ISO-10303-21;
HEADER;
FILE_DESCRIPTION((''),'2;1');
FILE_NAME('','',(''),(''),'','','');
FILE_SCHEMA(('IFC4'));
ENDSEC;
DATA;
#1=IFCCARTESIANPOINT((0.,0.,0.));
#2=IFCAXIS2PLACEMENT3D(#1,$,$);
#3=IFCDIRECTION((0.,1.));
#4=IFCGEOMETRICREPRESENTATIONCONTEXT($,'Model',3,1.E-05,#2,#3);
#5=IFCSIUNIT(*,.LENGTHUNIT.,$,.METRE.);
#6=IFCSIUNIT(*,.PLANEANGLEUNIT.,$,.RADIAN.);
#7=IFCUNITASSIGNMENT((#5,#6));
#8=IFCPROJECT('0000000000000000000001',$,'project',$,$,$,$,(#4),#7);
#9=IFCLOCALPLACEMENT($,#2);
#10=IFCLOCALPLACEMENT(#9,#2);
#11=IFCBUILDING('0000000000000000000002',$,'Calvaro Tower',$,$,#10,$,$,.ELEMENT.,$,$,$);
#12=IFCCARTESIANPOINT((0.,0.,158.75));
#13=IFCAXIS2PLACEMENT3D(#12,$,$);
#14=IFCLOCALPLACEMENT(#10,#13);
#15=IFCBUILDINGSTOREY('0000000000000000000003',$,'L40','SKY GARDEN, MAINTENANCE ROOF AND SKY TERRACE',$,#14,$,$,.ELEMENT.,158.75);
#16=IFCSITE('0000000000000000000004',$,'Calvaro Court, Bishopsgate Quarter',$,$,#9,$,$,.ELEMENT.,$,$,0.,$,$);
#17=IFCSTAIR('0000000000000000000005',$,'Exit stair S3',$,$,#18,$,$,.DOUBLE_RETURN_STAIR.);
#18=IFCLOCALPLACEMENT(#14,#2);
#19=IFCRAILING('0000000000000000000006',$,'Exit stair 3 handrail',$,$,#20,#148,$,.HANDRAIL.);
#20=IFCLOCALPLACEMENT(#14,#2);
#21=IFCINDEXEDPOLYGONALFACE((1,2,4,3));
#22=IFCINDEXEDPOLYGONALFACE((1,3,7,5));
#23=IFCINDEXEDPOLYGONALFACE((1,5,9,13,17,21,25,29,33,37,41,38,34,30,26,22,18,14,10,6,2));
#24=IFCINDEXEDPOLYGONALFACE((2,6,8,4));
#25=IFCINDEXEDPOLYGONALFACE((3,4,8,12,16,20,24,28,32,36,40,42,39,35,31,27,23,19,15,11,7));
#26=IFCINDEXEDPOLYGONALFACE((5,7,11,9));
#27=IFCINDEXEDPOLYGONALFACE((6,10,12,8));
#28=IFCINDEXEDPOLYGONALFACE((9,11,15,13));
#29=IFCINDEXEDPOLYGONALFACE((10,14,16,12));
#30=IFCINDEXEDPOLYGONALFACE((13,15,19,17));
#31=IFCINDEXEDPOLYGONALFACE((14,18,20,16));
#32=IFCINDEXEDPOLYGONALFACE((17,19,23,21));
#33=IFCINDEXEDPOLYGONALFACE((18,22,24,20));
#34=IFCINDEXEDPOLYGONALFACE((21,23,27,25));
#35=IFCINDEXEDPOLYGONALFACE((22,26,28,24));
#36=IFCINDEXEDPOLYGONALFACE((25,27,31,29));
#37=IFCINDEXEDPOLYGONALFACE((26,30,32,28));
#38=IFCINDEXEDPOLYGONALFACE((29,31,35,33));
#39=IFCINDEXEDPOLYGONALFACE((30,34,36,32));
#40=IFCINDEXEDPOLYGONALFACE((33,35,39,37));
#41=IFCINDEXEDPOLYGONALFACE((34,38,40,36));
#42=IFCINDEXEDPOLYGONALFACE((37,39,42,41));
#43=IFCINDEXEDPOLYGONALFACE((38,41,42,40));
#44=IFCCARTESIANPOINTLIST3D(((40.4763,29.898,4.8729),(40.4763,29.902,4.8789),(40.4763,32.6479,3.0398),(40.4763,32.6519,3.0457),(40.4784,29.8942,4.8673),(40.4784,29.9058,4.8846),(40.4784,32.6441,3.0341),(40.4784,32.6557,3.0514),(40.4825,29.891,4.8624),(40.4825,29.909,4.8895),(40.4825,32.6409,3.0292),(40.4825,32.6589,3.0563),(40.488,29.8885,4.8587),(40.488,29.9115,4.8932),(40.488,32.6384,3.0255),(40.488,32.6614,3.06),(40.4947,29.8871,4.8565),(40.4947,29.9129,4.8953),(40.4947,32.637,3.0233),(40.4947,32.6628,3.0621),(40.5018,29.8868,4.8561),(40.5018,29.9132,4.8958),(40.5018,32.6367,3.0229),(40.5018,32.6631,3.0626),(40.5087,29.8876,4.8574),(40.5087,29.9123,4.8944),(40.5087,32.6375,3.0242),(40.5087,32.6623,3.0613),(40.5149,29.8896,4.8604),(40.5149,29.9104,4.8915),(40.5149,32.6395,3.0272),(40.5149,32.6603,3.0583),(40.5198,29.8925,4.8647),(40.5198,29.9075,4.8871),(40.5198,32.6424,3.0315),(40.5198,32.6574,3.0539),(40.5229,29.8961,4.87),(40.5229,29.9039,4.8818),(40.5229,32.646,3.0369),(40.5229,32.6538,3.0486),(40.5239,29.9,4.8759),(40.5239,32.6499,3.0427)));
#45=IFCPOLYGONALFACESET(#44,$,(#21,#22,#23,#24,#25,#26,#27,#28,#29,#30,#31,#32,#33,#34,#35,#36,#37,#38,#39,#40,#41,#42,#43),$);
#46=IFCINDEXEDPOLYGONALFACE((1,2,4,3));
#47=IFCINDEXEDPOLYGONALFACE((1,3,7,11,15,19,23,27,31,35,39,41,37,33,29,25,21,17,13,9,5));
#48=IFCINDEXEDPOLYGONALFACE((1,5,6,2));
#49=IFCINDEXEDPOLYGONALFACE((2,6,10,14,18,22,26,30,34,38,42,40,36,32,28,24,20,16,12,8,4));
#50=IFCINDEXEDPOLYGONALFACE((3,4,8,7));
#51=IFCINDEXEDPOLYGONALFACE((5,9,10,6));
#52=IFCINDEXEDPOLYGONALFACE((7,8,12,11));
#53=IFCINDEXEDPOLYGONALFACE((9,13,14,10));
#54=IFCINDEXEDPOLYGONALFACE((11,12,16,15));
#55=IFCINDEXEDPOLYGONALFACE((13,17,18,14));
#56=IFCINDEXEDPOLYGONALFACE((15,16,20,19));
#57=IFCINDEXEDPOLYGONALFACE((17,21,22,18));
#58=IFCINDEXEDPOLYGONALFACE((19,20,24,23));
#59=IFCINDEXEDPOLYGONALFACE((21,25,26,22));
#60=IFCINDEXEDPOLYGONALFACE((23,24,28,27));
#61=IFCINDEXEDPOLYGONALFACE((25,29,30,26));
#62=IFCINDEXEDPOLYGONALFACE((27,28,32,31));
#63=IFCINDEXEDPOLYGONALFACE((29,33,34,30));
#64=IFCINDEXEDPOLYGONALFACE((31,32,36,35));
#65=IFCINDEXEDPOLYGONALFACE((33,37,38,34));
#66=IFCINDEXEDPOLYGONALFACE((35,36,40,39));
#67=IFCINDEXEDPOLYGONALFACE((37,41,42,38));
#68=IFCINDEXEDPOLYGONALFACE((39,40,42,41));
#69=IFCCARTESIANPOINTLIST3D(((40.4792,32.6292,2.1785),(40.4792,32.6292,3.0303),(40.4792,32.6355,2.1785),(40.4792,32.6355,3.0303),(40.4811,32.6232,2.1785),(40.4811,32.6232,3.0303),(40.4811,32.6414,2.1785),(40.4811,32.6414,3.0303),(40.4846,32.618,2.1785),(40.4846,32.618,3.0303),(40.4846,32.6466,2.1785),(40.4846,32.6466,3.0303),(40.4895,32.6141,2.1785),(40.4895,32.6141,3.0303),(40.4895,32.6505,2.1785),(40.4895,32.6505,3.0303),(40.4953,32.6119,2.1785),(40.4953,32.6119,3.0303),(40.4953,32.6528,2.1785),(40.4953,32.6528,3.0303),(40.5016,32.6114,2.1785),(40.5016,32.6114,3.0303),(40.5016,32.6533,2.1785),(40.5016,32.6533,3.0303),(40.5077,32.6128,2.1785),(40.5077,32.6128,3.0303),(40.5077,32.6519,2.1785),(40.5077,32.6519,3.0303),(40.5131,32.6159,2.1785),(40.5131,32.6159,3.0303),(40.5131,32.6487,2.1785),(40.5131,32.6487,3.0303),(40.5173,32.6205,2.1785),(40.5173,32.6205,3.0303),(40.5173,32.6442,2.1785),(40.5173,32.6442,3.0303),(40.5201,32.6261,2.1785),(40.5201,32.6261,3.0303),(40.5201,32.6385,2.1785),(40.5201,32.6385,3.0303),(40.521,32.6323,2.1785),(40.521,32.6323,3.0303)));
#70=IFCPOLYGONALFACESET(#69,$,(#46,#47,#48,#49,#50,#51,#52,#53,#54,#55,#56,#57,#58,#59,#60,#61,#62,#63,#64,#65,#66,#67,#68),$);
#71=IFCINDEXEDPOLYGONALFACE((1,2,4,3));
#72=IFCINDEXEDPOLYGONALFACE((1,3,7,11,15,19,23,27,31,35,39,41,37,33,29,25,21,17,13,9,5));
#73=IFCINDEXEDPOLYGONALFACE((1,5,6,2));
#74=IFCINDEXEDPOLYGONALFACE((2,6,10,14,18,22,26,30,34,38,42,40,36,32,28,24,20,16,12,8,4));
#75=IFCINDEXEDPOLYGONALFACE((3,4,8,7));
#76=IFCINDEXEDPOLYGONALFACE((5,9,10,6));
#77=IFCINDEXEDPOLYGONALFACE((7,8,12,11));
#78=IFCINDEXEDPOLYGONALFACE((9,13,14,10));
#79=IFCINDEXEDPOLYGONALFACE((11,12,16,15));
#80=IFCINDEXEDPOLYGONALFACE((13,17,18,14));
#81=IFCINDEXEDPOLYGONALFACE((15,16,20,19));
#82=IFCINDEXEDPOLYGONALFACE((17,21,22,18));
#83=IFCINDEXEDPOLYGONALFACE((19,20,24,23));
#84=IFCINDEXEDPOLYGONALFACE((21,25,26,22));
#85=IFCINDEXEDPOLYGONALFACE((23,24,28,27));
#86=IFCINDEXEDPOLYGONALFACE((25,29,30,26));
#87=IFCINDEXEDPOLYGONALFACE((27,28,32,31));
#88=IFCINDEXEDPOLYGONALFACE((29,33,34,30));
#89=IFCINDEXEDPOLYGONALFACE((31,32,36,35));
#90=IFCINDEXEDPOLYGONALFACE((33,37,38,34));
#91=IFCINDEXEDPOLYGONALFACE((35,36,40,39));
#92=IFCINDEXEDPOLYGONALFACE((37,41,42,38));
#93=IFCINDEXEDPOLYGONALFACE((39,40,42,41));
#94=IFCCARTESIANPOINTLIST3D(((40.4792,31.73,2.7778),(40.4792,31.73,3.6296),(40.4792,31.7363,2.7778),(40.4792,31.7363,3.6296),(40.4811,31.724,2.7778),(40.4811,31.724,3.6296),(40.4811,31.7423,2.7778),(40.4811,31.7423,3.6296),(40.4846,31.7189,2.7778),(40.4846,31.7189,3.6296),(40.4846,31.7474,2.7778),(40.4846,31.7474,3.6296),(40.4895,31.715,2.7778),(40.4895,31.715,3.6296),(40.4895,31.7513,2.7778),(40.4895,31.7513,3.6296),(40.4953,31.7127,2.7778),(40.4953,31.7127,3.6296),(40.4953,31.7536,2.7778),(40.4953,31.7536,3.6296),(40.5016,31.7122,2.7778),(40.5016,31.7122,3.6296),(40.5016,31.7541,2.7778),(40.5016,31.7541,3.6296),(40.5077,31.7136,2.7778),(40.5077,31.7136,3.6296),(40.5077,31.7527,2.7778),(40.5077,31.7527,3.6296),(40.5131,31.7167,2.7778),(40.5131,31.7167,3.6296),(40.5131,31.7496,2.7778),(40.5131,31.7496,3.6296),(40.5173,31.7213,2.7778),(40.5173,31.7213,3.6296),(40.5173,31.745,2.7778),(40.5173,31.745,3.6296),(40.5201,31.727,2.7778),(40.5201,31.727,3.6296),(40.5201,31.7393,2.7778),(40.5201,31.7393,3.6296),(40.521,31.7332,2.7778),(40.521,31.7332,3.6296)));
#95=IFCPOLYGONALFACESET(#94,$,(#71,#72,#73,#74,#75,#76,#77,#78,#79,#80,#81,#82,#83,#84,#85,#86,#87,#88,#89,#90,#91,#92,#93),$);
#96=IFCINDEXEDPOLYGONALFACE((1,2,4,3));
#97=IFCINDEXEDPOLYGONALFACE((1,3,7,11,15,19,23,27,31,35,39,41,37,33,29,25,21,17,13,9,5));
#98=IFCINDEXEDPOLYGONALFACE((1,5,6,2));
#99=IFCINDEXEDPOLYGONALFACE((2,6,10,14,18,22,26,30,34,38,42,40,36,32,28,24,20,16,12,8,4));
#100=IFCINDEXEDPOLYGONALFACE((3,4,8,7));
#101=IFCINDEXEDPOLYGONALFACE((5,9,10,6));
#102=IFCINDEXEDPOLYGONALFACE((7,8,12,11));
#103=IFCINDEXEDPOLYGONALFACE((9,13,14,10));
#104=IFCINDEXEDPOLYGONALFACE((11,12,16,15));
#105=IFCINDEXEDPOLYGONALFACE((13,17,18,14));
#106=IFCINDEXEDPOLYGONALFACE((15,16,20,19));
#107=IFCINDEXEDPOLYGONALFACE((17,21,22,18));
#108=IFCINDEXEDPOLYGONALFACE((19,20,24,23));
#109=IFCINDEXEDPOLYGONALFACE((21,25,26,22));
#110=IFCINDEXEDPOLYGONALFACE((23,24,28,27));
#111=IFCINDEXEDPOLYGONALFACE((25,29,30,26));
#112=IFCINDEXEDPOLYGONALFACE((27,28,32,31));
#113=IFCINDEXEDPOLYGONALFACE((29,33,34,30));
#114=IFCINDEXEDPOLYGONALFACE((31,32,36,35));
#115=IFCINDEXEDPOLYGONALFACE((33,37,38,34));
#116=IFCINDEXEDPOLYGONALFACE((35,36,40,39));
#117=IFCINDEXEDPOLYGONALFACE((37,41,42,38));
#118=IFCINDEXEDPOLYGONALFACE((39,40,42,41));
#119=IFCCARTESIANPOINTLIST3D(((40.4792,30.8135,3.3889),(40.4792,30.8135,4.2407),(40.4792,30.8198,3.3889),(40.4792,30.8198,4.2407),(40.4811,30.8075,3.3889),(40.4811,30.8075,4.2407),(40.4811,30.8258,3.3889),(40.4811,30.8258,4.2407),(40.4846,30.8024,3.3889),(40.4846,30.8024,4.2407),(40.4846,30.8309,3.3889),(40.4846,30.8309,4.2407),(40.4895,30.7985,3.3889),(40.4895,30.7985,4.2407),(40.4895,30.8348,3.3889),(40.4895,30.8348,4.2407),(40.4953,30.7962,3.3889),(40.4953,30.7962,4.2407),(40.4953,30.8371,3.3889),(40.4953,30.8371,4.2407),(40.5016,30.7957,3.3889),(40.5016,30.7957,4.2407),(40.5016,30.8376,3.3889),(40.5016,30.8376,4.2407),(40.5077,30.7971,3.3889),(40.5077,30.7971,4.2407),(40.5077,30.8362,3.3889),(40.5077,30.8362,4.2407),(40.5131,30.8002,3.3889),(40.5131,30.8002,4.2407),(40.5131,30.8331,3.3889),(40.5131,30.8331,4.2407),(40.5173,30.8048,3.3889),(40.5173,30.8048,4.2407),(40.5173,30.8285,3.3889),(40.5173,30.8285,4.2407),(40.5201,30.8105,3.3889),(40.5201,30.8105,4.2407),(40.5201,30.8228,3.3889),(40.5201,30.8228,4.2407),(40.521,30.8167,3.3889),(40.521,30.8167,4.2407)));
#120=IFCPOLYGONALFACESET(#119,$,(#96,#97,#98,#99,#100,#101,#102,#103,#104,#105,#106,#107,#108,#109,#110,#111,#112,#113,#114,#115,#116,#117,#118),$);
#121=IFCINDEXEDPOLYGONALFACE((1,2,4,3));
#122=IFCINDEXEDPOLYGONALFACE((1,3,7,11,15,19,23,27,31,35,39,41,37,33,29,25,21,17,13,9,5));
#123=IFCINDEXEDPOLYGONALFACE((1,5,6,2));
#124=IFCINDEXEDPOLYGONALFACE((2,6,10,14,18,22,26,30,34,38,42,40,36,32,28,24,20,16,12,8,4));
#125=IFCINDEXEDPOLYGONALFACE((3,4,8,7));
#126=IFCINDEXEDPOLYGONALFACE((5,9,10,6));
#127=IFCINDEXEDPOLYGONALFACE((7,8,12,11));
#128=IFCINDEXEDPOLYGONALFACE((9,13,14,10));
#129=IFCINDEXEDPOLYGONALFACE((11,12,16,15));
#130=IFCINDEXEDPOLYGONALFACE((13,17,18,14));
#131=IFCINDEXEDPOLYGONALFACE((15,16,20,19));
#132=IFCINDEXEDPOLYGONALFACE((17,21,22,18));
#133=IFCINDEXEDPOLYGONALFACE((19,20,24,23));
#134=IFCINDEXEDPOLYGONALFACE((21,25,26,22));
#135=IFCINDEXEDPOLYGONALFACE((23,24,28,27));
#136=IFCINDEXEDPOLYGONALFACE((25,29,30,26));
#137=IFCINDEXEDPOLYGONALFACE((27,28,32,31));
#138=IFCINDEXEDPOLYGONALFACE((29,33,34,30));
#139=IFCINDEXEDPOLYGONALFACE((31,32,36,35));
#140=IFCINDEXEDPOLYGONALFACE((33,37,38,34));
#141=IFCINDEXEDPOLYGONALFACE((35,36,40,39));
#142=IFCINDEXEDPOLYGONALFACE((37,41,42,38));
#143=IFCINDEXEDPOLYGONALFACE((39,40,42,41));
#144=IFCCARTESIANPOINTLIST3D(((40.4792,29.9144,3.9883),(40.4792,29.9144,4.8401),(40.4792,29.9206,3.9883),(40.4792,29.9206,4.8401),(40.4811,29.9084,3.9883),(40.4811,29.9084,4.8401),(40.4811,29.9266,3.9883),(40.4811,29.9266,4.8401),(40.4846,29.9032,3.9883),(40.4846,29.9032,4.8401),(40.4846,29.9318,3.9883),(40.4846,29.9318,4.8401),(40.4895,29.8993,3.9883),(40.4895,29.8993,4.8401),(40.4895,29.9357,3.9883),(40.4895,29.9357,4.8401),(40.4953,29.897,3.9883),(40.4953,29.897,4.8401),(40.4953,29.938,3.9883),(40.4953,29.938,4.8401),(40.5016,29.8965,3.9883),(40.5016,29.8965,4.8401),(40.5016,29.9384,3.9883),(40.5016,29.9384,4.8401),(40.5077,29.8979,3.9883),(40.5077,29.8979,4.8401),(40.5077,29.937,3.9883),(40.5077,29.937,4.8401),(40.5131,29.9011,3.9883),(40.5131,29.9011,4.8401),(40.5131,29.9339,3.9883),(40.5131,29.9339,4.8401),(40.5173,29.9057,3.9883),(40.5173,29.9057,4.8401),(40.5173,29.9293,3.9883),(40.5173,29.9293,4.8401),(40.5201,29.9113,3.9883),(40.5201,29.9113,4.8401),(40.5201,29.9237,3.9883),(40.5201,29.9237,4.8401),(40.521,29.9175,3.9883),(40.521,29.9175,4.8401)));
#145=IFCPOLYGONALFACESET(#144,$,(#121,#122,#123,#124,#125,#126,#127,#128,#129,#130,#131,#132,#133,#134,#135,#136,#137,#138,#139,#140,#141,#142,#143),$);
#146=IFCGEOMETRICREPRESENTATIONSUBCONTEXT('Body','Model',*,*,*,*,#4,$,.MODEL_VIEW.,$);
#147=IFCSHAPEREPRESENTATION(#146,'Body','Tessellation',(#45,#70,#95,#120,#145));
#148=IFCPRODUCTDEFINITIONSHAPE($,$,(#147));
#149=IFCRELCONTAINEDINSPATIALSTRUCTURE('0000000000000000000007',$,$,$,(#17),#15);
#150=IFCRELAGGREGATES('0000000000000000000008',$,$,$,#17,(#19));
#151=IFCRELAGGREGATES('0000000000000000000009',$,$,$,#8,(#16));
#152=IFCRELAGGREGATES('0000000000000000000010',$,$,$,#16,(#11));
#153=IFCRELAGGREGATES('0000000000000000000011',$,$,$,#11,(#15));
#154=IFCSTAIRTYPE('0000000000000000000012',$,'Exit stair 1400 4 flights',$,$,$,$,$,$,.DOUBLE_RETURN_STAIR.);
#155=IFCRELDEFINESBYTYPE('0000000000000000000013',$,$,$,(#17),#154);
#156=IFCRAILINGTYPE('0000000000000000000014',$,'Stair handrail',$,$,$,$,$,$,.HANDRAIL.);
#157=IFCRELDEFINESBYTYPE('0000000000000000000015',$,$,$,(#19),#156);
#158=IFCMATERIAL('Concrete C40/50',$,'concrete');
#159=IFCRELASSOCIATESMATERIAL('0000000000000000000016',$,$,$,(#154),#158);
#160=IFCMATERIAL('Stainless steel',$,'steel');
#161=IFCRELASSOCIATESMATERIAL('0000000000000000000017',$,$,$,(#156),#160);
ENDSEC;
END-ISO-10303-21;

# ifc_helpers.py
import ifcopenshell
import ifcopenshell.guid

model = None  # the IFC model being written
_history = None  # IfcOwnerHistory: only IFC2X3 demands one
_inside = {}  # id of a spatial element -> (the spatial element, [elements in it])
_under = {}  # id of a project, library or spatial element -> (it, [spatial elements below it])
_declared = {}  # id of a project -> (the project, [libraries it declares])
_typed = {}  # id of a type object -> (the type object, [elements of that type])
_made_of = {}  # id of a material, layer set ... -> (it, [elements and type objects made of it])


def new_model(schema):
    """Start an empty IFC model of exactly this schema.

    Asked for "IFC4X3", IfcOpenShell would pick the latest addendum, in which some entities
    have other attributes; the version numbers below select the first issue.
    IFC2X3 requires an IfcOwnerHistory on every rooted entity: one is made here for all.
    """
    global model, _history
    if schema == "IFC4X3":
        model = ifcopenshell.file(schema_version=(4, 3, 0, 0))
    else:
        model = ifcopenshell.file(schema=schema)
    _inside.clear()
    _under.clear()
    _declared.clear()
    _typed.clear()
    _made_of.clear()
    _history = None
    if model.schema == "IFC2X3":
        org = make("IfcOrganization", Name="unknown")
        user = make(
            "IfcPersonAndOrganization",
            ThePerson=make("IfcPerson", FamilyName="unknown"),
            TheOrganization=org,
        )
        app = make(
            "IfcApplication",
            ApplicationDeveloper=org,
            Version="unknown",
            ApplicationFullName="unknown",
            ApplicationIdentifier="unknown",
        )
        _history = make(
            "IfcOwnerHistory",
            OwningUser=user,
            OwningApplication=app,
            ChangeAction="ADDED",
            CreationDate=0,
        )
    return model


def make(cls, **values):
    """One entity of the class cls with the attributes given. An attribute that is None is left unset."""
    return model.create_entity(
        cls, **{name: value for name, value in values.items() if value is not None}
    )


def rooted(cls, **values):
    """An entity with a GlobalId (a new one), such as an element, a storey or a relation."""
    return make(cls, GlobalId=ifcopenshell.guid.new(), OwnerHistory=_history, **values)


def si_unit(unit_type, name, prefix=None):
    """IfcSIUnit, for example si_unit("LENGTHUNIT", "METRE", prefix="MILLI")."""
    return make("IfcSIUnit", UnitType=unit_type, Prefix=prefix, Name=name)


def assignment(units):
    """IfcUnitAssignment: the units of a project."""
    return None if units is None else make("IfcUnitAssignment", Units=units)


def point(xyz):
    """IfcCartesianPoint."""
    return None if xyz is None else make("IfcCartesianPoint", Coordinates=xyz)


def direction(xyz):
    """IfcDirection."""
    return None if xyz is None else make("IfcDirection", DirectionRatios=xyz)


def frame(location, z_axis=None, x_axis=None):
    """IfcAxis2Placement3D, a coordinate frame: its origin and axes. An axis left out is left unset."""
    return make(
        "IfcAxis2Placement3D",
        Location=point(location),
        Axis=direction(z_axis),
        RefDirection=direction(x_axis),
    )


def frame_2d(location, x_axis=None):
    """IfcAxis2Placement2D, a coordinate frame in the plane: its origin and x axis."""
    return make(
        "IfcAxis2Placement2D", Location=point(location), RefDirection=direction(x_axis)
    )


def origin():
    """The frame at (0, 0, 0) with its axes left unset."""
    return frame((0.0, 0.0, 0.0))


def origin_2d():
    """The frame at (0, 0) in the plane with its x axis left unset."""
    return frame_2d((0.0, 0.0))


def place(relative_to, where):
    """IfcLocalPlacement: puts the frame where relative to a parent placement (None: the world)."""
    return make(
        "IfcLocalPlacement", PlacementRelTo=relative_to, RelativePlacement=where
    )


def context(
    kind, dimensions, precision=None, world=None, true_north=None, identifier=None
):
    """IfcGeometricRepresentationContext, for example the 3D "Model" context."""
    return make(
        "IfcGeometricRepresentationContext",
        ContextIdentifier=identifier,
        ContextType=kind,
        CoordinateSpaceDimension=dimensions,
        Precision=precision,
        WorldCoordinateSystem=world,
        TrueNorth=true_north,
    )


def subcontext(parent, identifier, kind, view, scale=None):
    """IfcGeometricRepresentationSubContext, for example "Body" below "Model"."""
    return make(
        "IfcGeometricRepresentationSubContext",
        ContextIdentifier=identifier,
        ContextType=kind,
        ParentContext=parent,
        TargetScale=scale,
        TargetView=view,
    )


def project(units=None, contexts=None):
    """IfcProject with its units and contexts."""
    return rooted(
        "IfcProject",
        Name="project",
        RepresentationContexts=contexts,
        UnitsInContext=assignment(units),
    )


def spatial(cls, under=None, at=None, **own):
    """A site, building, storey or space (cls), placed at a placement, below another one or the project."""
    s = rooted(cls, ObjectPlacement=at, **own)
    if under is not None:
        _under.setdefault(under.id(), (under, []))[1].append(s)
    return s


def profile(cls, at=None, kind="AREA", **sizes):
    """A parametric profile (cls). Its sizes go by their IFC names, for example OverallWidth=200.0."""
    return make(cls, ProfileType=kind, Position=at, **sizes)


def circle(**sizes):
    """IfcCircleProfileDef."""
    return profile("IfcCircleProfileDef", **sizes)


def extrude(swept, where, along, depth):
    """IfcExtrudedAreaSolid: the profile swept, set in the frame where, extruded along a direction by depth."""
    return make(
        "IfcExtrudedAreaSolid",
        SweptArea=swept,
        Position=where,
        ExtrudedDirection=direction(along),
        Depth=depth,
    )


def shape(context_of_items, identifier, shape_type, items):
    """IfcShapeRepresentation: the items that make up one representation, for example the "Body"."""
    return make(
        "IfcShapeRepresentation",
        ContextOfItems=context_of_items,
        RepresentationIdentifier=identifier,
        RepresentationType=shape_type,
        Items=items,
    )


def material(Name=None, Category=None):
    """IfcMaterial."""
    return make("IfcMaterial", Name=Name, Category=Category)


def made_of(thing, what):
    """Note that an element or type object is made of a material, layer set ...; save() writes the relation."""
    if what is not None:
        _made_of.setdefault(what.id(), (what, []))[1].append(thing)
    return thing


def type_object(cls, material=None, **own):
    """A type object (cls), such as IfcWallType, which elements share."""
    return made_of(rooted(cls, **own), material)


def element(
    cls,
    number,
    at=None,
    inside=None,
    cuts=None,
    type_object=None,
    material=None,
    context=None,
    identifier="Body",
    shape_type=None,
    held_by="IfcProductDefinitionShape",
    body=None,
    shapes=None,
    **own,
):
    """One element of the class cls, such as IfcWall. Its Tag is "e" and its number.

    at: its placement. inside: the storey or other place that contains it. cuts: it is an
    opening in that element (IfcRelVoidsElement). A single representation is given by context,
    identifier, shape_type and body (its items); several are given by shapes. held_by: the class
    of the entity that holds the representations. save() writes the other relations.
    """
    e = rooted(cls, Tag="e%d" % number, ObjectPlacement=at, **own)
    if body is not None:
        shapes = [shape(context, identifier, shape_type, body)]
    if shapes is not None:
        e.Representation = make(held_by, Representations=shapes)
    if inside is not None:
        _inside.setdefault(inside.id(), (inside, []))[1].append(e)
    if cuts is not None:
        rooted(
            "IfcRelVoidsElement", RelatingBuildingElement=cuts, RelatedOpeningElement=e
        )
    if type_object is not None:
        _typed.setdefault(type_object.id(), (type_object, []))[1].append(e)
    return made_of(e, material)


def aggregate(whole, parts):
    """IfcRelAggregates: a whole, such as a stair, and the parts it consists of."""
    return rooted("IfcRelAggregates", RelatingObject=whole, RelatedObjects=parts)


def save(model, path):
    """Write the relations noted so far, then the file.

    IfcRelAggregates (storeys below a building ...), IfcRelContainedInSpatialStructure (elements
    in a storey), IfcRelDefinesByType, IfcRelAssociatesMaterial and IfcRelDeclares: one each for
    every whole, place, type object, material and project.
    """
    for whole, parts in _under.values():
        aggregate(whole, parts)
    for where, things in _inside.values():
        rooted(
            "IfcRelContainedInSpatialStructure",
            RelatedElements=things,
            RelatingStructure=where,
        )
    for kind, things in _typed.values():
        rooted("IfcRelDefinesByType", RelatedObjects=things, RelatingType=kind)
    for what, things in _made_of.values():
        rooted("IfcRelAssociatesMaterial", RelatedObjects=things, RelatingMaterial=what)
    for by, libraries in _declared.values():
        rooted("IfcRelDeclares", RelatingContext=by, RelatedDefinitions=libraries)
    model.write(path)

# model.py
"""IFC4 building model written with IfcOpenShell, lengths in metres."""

from ifc_helpers import new_model, si_unit, direction, frame, origin, origin_2d, place, context, subcontext, project, spatial, circle, extrude, material, type_object, element, aggregate, save


model = new_model("IFC4")

# Units and contexts
model_context = context("Model", 3, precision=1e-05, world=origin(), true_north=direction((0.0, 1.0)))
body_context = subcontext(model_context, "Body", "Model", "MODEL_VIEW")
ifc_project = project(units=[si_unit("LENGTHUNIT", "METRE"), si_unit("PLANEANGLEUNIT", "RADIAN")], contexts=[model_context])

# Site, building, storey
site_placement = place(None, origin())
site = spatial("IfcSite", under=ifc_project, at=site_placement, Name="Calvaro Court, Bishopsgate Quarter", CompositionType="ELEMENT", RefElevation=0.0)
building_placement = place(site_placement, origin())
building = spatial("IfcBuilding", under=site, at=building_placement, Name="Calvaro Tower", CompositionType="ELEMENT")
storey_placement = place(building_placement, frame((0.0, 0.0, 158.75)))
storey = spatial("IfcBuildingStorey", under=building, at=storey_placement, Name="L40", Description="SKY GARDEN, MAINTENANCE ROOF AND SKY TERRACE", CompositionType="ELEMENT", Elevation=158.75)

# Stair, railing
ifc_material_1 = material(Name="Concrete C40/50", Category="concrete")
stair_type = type_object("IfcStairType", Name="Exit stair 1400 4 flights", PredefinedType="DOUBLE_RETURN_STAIR", material=ifc_material_1)
stair_placement = place(storey_placement, origin())
stair = element("IfcStair", 1, at=stair_placement, inside=storey, type_object=stair_type, Name="Exit stair S3", PredefinedType="DOUBLE_RETURN_STAIR")
ifc_material_2 = material(Name="Stainless steel", Category="steel")
railing_type = type_object("IfcRailingType", Name="Stair handrail", PredefinedType="HANDRAIL", material=ifc_material_2)
railing_1_placement = place(storey_placement, frame((40.5, 32.6499, 2.1667)))
railing_1 = element("IfcRailing", 2, at=railing_1_placement, type_object=railing_type, Name="Exit stair 3 handrail", PredefinedType="HANDRAIL", context=body_context, shape_type="SweptSolid", body=[
    extrude(circle(Radius=0.0239, at=origin_2d()), frame((0.0, 0.0, 0.876), z_axis=(0.0, -0.832062, 0.554683), x_axis=(1.0, 0.0, 0.0)), (0.0, 0.0, 1.0), 3.3049),
    extrude(circle(Radius=0.021, at=origin_2d()), frame((0.0, -0.0176, 0.0117)), (0.0, 0.0, 1.0), 0.8518),
    extrude(circle(Radius=0.021, at=origin_2d()), frame((0.0, -0.9167, 0.6111)), (0.0, 0.0, 1.0), 0.8518),
    extrude(circle(Radius=0.021, at=origin_2d()), frame((0.0, -1.8333, 1.2222)), (0.0, 0.0, 1.0), 0.8518),
    extrude(circle(Radius=0.021, at=origin_2d()), frame((0.0, -2.7324, 1.8215)), (0.0, 0.0, 1.0), 0.8518),
])
aggregate(stair, [railing_1])

save(model, "model.ifc")
